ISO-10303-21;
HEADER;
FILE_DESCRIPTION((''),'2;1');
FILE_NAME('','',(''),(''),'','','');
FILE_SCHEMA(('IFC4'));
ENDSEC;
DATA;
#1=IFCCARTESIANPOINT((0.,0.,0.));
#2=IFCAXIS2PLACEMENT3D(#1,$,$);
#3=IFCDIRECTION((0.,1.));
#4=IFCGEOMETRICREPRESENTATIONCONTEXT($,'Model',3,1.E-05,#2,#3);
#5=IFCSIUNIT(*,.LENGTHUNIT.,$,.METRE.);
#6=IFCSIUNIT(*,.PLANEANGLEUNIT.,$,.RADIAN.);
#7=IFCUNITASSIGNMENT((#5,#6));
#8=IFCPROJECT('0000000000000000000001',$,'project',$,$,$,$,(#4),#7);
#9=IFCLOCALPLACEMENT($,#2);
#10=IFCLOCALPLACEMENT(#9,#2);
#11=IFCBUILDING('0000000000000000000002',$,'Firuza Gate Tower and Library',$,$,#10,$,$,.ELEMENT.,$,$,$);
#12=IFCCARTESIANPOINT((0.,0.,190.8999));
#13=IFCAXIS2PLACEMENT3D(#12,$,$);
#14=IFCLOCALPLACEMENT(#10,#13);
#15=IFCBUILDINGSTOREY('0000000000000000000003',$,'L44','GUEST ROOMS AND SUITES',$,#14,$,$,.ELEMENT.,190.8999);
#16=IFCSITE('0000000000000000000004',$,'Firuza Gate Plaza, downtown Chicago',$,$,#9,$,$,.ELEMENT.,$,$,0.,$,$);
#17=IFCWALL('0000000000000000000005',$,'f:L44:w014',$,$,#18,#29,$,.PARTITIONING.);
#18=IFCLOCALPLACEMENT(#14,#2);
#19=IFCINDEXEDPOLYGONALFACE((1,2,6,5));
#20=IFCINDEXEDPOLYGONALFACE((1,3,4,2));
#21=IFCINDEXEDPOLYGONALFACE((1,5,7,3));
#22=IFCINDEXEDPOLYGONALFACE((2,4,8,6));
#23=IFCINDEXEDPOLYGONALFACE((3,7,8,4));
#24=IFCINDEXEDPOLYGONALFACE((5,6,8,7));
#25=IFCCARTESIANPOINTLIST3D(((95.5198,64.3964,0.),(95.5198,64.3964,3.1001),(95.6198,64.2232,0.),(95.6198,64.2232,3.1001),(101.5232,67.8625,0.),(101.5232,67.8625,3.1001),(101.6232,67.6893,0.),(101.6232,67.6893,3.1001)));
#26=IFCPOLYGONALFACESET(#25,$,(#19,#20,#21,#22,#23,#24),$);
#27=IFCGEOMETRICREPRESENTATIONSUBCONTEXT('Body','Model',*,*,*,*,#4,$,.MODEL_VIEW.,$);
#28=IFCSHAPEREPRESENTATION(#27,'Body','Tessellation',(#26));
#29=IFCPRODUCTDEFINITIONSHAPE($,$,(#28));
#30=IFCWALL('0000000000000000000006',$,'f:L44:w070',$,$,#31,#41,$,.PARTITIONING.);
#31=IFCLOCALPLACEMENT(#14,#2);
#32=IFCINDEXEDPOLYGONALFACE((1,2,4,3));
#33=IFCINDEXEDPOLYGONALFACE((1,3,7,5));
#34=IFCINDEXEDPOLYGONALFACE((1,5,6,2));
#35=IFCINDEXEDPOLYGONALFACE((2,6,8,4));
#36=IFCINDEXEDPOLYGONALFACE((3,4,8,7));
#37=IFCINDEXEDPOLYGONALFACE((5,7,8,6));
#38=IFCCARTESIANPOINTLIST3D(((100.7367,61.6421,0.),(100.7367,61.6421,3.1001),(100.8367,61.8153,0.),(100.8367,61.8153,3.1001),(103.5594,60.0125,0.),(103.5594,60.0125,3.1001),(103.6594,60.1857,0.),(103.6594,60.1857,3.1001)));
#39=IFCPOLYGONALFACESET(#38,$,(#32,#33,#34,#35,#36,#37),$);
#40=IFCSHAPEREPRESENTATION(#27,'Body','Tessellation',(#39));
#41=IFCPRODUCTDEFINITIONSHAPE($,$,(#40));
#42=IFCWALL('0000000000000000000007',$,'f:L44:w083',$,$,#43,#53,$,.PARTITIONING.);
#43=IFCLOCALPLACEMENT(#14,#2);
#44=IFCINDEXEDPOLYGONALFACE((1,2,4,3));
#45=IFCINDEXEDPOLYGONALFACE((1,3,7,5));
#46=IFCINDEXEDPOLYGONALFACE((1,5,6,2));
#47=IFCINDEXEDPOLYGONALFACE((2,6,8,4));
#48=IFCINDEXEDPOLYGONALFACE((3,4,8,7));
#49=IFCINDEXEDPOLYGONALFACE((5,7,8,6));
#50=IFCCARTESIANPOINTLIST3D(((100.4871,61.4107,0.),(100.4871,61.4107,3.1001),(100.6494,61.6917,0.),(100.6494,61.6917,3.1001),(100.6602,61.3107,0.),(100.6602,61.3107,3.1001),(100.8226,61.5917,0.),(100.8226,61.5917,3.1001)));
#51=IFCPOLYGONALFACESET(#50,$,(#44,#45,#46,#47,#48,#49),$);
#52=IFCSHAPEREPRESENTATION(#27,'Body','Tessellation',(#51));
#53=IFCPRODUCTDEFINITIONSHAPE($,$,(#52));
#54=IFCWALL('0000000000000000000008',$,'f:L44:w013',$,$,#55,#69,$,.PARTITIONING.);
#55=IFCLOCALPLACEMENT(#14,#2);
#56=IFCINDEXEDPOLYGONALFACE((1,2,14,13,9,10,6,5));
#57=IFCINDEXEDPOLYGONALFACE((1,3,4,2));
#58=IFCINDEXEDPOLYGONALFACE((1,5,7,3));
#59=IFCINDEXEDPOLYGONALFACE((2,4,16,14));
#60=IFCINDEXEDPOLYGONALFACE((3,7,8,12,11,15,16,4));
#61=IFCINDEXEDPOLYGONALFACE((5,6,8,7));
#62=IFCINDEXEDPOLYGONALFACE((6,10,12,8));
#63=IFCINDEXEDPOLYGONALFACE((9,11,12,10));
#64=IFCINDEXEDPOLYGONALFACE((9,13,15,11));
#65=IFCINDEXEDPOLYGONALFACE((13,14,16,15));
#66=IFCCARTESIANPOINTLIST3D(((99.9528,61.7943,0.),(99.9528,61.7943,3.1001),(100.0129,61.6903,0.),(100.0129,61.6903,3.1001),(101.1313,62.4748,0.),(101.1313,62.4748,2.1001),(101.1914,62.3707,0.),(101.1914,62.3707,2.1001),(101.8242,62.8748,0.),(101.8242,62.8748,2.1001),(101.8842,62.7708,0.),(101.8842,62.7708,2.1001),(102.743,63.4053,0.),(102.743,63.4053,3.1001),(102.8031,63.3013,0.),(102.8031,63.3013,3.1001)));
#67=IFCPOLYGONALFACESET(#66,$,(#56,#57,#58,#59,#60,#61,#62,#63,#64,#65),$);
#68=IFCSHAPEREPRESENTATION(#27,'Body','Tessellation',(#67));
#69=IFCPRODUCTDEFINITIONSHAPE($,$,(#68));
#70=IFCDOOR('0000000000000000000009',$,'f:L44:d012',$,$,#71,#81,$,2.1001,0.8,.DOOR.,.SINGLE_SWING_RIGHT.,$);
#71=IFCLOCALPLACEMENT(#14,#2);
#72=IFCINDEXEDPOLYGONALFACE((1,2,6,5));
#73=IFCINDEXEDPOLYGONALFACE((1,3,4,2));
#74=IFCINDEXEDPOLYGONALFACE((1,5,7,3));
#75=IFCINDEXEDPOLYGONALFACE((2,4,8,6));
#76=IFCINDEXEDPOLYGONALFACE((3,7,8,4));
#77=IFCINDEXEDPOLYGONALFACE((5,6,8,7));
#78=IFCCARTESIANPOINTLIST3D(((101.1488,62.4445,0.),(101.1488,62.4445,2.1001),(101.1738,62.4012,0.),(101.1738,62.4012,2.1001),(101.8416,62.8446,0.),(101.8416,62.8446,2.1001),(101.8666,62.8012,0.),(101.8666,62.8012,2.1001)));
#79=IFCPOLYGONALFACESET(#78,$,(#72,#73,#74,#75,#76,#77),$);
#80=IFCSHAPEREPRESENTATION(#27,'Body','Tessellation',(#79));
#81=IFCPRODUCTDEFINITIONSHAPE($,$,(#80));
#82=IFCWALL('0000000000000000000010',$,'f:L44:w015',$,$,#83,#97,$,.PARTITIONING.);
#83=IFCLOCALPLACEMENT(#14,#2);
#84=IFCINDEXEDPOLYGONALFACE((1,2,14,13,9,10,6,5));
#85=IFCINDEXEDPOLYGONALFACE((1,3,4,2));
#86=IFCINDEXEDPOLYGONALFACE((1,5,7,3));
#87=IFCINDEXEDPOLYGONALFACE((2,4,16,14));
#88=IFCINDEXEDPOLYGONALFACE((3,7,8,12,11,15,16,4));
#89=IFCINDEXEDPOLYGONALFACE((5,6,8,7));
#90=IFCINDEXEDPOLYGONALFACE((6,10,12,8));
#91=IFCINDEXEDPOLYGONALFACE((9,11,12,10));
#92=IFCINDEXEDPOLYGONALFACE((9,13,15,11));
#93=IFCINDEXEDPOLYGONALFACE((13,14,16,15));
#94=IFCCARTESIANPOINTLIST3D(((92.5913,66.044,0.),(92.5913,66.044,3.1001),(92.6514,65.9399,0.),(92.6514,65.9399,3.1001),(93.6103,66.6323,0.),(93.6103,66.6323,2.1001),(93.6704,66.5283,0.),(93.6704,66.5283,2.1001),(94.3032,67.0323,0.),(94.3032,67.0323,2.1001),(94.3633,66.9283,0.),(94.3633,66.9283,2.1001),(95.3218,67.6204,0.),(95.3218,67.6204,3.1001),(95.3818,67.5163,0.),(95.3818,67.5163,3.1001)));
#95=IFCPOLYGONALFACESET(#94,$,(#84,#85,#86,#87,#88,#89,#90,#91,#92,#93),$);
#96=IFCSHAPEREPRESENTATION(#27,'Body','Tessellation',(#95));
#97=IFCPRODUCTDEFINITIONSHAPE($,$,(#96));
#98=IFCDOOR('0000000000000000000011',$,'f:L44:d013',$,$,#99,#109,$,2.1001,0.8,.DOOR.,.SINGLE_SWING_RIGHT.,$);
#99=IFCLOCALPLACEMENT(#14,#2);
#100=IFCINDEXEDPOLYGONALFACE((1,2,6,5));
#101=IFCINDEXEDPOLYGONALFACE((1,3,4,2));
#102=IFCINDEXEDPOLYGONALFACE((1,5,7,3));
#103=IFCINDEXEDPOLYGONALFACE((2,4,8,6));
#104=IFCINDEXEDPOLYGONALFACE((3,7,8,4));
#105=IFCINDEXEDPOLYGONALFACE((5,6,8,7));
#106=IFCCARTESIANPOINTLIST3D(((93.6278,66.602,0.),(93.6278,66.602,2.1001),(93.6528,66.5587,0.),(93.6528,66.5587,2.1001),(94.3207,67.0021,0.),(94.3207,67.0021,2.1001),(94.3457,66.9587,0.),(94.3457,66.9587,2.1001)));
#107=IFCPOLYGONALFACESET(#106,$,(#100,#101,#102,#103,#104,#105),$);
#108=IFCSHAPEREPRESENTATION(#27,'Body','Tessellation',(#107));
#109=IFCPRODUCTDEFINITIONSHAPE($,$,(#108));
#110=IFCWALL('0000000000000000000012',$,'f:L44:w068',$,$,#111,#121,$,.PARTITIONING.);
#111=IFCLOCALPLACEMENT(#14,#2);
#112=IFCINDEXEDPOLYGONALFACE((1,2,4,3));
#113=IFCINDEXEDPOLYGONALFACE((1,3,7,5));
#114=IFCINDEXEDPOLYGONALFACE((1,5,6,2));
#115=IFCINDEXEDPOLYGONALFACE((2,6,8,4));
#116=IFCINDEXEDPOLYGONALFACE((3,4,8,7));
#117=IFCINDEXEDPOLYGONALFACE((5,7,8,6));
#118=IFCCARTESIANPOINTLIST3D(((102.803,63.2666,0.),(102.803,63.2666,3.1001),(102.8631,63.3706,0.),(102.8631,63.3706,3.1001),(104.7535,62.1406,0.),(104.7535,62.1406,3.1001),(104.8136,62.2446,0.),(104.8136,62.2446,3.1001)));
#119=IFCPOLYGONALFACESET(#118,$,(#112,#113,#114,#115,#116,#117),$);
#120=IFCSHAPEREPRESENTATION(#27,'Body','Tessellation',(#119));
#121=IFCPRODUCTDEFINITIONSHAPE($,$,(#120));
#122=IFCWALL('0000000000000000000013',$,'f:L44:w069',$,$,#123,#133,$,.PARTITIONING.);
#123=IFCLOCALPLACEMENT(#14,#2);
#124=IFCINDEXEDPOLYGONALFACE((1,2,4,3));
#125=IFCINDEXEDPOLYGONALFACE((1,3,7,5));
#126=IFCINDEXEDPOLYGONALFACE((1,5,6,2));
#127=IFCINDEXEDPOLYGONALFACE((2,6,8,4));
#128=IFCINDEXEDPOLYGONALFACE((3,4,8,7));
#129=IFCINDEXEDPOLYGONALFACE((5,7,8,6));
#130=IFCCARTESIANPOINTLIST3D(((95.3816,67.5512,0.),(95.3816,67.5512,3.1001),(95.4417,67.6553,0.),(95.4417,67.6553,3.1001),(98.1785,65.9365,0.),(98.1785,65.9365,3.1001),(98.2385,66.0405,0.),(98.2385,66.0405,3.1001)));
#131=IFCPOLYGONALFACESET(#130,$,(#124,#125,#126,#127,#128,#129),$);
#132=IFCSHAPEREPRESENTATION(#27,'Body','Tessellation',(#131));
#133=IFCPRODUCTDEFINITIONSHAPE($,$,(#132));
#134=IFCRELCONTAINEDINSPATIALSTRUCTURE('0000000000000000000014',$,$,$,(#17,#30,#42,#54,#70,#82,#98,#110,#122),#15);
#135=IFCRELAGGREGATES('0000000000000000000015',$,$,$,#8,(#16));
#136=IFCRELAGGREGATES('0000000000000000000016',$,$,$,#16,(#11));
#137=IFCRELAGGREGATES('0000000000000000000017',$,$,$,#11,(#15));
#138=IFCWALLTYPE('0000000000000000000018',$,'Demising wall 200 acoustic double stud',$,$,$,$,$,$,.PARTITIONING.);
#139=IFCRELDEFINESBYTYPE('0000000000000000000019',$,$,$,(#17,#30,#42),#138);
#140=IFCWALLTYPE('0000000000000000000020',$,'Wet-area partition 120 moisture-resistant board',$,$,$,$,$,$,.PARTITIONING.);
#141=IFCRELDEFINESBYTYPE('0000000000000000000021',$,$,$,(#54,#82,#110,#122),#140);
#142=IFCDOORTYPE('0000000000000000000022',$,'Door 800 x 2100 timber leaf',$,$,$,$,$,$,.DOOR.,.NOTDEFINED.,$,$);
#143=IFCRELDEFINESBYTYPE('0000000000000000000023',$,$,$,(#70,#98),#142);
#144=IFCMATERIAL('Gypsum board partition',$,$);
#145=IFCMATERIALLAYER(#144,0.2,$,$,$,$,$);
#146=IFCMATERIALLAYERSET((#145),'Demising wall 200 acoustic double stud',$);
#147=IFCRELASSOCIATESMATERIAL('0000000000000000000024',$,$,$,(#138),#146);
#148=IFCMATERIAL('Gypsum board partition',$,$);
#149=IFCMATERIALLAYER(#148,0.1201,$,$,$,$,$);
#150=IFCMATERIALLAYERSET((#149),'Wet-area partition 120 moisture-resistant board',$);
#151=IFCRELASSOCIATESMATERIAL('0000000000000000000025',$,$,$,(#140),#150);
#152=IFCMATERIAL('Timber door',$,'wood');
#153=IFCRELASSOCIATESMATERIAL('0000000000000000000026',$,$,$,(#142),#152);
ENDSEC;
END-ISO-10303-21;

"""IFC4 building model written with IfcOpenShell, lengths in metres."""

from ifc_helpers import new_model, si_unit, direction, frame, frame_2d, origin, place, context, subcontext, project, spatial, rectangle, extrude, material, layer, layer_set, type_object, element, fill, save


model = new_model("IFC4")

# Units and contexts
model_context = context("Model", 3, precision=1e-05, world=origin(), true_north=direction((0.0, 1.0)))
body_context = subcontext(model_context, "Body", "Model", "MODEL_VIEW")
ifc_project = project(units=[si_unit("LENGTHUNIT", "METRE"), si_unit("PLANEANGLEUNIT", "RADIAN")], contexts=[model_context])

# Site, building, storey
site_placement = place(None, origin())
site = spatial("IfcSite", under=ifc_project, at=site_placement, Name="Firuza Gate Plaza, downtown Chicago", CompositionType="ELEMENT", RefElevation=0.0)
building_placement = place(site_placement, origin())
building = spatial("IfcBuilding", under=site, at=building_placement, Name="Firuza Gate Tower and Library", CompositionType="ELEMENT")
storey_placement = place(building_placement, frame((0.0, 0.0, 190.8999)))
storey = spatial("IfcBuildingStorey", under=building, at=storey_placement, Name="L44", Description="GUEST ROOMS AND SUITES", CompositionType="ELEMENT", Elevation=190.8999)

# Walls
ifc_material_1 = material(Name="Gypsum board partition")
ifc_layer_1 = layer(ifc_material_1, 0.2)
ifc_layer_set_1 = layer_set([ifc_layer_1], Name="Demising wall 200 acoustic double stud")
wall_type_1 = type_object("IfcWallType", Name="Demising wall 200 acoustic double stud", PredefinedType="PARTITIONING", material=ifc_layer_set_1)
wall_1_placement = place(storey_placement, frame((95.5698, 64.3098, 0.0), z_axis=(0.0, 0.0, 1.0), x_axis=(0.866026, 0.499999, 0.0)))
element("IfcWall", 1, at=wall_1_placement, inside=storey, type_object=wall_type_1, Name="f:L44:w014", PredefinedType="PARTITIONING", context=body_context, shape_type="SweptSolid", body=[
    extrude(rectangle(XDim=6.9321, YDim=0.2, at=frame_2d((3.4661, 0.0))), origin(), (0.0, 0.0, 1.0), 3.1001),
])
wall_2_placement = place(storey_placement, frame((103.6094, 60.0991, 0.0), z_axis=(0.0, 0.0, 1.0), x_axis=(-0.866036, 0.499982, 0.0)))
element("IfcWall", 2, at=wall_2_placement, inside=storey, type_object=wall_type_1, Name="f:L44:w070", PredefinedType="PARTITIONING", context=body_context, shape_type="SweptSolid", body=[
    extrude(rectangle(XDim=3.2593, YDim=0.2, at=frame_2d((1.6296, 0.0))), origin(), (0.0, 0.0, 1.0), 3.1001),
])
wall_3_placement = place(storey_placement, frame((100.5737, 61.3608, 0.0), z_axis=(0.0, 0.0, 1.0), x_axis=(0.500265, 0.865872, 0.0)))
element("IfcWall", 3, at=wall_3_placement, inside=storey, type_object=wall_type_1, Name="f:L44:w083", PredefinedType="PARTITIONING", context=body_context, shape_type="SweptSolid", body=[
    extrude(rectangle(XDim=0.3245, YDim=0.2, at=frame_2d((0.1621, 0.0))), origin(), (0.0, 0.0, 1.0), 3.1001),
])

# Walls, openings, doors
ifc_material_2 = material(Name="Gypsum board partition")
ifc_layer_2 = layer(ifc_material_2, 0.1201)
ifc_layer_set_2 = layer_set([ifc_layer_2], Name="Wet-area partition 120 moisture-resistant board")
wall_type_2 = type_object("IfcWallType", Name="Wet-area partition 120 moisture-resistant board", PredefinedType="PARTITIONING", material=ifc_layer_set_2)
wall_4_placement = place(storey_placement, frame((102.7729, 63.3533, 0.0), z_axis=(0.0, 0.0, 1.0), x_axis=(-0.86601, -0.500026, 0.0)))
wall_4 = element("IfcWall", 4, at=wall_4_placement, inside=storey, type_object=wall_type_2, Name="f:L44:w013", PredefinedType="PARTITIONING", context=body_context, shape_type="SweptSolid", body=[
    extrude(rectangle(XDim=3.2219, YDim=0.1201, at=frame_2d((1.6108, 0.0))), origin(), (0.0, 0.0, 1.0), 3.1001),
])
opening_1_placement = place(wall_4_placement, frame((1.061, 0.0, 0.0)))
opening_1 = element("IfcOpeningElement", 5, at=opening_1_placement, cuts=wall_4, PredefinedType="OPENING", context=body_context, shape_type="SweptSolid", body=[
    extrude(rectangle(XDim=0.8, YDim=2.1001, at=frame_2d((0.3999, 1.05))), frame((0.0, 0.0701, 0.0), z_axis=(0.0, -1.0, 0.0), x_axis=(1.0, 0.0, 0.0)), (0.0, 0.0, 1.0), 0.1401),
])
ifc_material_3 = material(Name="Timber door", Category="wood")
door_type = type_object("IfcDoorType", Name="Door 800 x 2100 timber leaf", OperationType="NOTDEFINED", PredefinedType="DOOR", material=ifc_material_3)
door_1_placement = place(opening_1_placement, origin())
door_1 = element("IfcDoor", 6, at=door_1_placement, inside=storey, type_object=door_type, Name="f:L44:d012", OperationType="SINGLE_SWING_RIGHT", OverallHeight=2.1001, OverallWidth=0.8, PredefinedType="DOOR", context=body_context, shape_type="SweptSolid", body=[
    extrude(rectangle(XDim=0.8, YDim=2.1001, at=frame_2d((0.3999, 1.05))), frame((0.0, 0.0249, 0.0), z_axis=(0.0, -1.0, 0.0), x_axis=(1.0, 0.0, 0.0)), (0.0, 0.0, 1.0), 0.05),
])
fill(opening_1, door_1)
wall_5_placement = place(storey_placement, frame((95.3518, 67.5684, 0.0), z_axis=(0.0, 0.0, 1.0), x_axis=(-0.866028, -0.499995, 0.0)))
wall_5 = element("IfcWall", 7, at=wall_5_placement, inside=storey, type_object=wall_type_2, Name="f:L44:w015", PredefinedType="PARTITIONING", context=body_context, shape_type="SweptSolid", body=[
    extrude(rectangle(XDim=3.1528, YDim=0.1201, at=frame_2d((1.5764, 0.0))), origin(), (0.0, 0.0, 1.0), 3.1001),
])
opening_2_placement = place(wall_5_placement, frame((1.1763, 0.0, 0.0)))
opening_2 = element("IfcOpeningElement", 8, at=opening_2_placement, cuts=wall_5, PredefinedType="OPENING", context=body_context, shape_type="SweptSolid", body=[
    extrude(rectangle(XDim=0.8, YDim=2.1001, at=frame_2d((0.3999, 1.05))), frame((0.0, 0.0701, 0.0), z_axis=(0.0, -1.0, 0.0), x_axis=(1.0, 0.0, 0.0)), (0.0, 0.0, 1.0), 0.1401),
])
door_2_placement = place(opening_2_placement, origin())
door_2 = element("IfcDoor", 9, at=door_2_placement, inside=storey, type_object=door_type, Name="f:L44:d013", OperationType="SINGLE_SWING_RIGHT", OverallHeight=2.1001, OverallWidth=0.8, PredefinedType="DOOR", context=body_context, shape_type="SweptSolid", body=[
    extrude(rectangle(XDim=0.8, YDim=2.1001, at=frame_2d((0.3999, 1.05))), frame((0.0, 0.0249, 0.0), z_axis=(0.0, -1.0, 0.0), x_axis=(1.0, 0.0, 0.0)), (0.0, 0.0, 1.0), 0.05),
])
fill(opening_2, door_2)

# Walls
wall_6_placement = place(storey_placement, frame((104.7834, 62.1926, 0.0), z_axis=(0.0, 0.0, 1.0), x_axis=(-0.866047, 0.499963, 0.0)))
element("IfcWall", 10, at=wall_6_placement, inside=storey, type_object=wall_type_2, Name="f:L44:w068", PredefinedType="PARTITIONING", context=body_context, shape_type="SweptSolid", body=[
    extrude(rectangle(XDim=2.2522, YDim=0.1201, at=frame_2d((1.126, 0.0))), origin(), (0.0, 0.0, 1.0), 3.1001),
])
wall_7_placement = place(storey_placement, frame((98.2085, 65.9885, 0.0), z_axis=(0.0, 0.0, 1.0), x_axis=(-0.866029, 0.499993, 0.0)))
element("IfcWall", 11, at=wall_7_placement, inside=storey, type_object=wall_type_2, Name="f:L44:w069", PredefinedType="PARTITIONING", context=body_context, shape_type="SweptSolid", body=[
    extrude(rectangle(XDim=3.2295, YDim=0.1201, at=frame_2d((1.6147, 0.0))), origin(), (0.0, 0.0, 1.0), 3.1001),
])

save(model, "model.ifc")
